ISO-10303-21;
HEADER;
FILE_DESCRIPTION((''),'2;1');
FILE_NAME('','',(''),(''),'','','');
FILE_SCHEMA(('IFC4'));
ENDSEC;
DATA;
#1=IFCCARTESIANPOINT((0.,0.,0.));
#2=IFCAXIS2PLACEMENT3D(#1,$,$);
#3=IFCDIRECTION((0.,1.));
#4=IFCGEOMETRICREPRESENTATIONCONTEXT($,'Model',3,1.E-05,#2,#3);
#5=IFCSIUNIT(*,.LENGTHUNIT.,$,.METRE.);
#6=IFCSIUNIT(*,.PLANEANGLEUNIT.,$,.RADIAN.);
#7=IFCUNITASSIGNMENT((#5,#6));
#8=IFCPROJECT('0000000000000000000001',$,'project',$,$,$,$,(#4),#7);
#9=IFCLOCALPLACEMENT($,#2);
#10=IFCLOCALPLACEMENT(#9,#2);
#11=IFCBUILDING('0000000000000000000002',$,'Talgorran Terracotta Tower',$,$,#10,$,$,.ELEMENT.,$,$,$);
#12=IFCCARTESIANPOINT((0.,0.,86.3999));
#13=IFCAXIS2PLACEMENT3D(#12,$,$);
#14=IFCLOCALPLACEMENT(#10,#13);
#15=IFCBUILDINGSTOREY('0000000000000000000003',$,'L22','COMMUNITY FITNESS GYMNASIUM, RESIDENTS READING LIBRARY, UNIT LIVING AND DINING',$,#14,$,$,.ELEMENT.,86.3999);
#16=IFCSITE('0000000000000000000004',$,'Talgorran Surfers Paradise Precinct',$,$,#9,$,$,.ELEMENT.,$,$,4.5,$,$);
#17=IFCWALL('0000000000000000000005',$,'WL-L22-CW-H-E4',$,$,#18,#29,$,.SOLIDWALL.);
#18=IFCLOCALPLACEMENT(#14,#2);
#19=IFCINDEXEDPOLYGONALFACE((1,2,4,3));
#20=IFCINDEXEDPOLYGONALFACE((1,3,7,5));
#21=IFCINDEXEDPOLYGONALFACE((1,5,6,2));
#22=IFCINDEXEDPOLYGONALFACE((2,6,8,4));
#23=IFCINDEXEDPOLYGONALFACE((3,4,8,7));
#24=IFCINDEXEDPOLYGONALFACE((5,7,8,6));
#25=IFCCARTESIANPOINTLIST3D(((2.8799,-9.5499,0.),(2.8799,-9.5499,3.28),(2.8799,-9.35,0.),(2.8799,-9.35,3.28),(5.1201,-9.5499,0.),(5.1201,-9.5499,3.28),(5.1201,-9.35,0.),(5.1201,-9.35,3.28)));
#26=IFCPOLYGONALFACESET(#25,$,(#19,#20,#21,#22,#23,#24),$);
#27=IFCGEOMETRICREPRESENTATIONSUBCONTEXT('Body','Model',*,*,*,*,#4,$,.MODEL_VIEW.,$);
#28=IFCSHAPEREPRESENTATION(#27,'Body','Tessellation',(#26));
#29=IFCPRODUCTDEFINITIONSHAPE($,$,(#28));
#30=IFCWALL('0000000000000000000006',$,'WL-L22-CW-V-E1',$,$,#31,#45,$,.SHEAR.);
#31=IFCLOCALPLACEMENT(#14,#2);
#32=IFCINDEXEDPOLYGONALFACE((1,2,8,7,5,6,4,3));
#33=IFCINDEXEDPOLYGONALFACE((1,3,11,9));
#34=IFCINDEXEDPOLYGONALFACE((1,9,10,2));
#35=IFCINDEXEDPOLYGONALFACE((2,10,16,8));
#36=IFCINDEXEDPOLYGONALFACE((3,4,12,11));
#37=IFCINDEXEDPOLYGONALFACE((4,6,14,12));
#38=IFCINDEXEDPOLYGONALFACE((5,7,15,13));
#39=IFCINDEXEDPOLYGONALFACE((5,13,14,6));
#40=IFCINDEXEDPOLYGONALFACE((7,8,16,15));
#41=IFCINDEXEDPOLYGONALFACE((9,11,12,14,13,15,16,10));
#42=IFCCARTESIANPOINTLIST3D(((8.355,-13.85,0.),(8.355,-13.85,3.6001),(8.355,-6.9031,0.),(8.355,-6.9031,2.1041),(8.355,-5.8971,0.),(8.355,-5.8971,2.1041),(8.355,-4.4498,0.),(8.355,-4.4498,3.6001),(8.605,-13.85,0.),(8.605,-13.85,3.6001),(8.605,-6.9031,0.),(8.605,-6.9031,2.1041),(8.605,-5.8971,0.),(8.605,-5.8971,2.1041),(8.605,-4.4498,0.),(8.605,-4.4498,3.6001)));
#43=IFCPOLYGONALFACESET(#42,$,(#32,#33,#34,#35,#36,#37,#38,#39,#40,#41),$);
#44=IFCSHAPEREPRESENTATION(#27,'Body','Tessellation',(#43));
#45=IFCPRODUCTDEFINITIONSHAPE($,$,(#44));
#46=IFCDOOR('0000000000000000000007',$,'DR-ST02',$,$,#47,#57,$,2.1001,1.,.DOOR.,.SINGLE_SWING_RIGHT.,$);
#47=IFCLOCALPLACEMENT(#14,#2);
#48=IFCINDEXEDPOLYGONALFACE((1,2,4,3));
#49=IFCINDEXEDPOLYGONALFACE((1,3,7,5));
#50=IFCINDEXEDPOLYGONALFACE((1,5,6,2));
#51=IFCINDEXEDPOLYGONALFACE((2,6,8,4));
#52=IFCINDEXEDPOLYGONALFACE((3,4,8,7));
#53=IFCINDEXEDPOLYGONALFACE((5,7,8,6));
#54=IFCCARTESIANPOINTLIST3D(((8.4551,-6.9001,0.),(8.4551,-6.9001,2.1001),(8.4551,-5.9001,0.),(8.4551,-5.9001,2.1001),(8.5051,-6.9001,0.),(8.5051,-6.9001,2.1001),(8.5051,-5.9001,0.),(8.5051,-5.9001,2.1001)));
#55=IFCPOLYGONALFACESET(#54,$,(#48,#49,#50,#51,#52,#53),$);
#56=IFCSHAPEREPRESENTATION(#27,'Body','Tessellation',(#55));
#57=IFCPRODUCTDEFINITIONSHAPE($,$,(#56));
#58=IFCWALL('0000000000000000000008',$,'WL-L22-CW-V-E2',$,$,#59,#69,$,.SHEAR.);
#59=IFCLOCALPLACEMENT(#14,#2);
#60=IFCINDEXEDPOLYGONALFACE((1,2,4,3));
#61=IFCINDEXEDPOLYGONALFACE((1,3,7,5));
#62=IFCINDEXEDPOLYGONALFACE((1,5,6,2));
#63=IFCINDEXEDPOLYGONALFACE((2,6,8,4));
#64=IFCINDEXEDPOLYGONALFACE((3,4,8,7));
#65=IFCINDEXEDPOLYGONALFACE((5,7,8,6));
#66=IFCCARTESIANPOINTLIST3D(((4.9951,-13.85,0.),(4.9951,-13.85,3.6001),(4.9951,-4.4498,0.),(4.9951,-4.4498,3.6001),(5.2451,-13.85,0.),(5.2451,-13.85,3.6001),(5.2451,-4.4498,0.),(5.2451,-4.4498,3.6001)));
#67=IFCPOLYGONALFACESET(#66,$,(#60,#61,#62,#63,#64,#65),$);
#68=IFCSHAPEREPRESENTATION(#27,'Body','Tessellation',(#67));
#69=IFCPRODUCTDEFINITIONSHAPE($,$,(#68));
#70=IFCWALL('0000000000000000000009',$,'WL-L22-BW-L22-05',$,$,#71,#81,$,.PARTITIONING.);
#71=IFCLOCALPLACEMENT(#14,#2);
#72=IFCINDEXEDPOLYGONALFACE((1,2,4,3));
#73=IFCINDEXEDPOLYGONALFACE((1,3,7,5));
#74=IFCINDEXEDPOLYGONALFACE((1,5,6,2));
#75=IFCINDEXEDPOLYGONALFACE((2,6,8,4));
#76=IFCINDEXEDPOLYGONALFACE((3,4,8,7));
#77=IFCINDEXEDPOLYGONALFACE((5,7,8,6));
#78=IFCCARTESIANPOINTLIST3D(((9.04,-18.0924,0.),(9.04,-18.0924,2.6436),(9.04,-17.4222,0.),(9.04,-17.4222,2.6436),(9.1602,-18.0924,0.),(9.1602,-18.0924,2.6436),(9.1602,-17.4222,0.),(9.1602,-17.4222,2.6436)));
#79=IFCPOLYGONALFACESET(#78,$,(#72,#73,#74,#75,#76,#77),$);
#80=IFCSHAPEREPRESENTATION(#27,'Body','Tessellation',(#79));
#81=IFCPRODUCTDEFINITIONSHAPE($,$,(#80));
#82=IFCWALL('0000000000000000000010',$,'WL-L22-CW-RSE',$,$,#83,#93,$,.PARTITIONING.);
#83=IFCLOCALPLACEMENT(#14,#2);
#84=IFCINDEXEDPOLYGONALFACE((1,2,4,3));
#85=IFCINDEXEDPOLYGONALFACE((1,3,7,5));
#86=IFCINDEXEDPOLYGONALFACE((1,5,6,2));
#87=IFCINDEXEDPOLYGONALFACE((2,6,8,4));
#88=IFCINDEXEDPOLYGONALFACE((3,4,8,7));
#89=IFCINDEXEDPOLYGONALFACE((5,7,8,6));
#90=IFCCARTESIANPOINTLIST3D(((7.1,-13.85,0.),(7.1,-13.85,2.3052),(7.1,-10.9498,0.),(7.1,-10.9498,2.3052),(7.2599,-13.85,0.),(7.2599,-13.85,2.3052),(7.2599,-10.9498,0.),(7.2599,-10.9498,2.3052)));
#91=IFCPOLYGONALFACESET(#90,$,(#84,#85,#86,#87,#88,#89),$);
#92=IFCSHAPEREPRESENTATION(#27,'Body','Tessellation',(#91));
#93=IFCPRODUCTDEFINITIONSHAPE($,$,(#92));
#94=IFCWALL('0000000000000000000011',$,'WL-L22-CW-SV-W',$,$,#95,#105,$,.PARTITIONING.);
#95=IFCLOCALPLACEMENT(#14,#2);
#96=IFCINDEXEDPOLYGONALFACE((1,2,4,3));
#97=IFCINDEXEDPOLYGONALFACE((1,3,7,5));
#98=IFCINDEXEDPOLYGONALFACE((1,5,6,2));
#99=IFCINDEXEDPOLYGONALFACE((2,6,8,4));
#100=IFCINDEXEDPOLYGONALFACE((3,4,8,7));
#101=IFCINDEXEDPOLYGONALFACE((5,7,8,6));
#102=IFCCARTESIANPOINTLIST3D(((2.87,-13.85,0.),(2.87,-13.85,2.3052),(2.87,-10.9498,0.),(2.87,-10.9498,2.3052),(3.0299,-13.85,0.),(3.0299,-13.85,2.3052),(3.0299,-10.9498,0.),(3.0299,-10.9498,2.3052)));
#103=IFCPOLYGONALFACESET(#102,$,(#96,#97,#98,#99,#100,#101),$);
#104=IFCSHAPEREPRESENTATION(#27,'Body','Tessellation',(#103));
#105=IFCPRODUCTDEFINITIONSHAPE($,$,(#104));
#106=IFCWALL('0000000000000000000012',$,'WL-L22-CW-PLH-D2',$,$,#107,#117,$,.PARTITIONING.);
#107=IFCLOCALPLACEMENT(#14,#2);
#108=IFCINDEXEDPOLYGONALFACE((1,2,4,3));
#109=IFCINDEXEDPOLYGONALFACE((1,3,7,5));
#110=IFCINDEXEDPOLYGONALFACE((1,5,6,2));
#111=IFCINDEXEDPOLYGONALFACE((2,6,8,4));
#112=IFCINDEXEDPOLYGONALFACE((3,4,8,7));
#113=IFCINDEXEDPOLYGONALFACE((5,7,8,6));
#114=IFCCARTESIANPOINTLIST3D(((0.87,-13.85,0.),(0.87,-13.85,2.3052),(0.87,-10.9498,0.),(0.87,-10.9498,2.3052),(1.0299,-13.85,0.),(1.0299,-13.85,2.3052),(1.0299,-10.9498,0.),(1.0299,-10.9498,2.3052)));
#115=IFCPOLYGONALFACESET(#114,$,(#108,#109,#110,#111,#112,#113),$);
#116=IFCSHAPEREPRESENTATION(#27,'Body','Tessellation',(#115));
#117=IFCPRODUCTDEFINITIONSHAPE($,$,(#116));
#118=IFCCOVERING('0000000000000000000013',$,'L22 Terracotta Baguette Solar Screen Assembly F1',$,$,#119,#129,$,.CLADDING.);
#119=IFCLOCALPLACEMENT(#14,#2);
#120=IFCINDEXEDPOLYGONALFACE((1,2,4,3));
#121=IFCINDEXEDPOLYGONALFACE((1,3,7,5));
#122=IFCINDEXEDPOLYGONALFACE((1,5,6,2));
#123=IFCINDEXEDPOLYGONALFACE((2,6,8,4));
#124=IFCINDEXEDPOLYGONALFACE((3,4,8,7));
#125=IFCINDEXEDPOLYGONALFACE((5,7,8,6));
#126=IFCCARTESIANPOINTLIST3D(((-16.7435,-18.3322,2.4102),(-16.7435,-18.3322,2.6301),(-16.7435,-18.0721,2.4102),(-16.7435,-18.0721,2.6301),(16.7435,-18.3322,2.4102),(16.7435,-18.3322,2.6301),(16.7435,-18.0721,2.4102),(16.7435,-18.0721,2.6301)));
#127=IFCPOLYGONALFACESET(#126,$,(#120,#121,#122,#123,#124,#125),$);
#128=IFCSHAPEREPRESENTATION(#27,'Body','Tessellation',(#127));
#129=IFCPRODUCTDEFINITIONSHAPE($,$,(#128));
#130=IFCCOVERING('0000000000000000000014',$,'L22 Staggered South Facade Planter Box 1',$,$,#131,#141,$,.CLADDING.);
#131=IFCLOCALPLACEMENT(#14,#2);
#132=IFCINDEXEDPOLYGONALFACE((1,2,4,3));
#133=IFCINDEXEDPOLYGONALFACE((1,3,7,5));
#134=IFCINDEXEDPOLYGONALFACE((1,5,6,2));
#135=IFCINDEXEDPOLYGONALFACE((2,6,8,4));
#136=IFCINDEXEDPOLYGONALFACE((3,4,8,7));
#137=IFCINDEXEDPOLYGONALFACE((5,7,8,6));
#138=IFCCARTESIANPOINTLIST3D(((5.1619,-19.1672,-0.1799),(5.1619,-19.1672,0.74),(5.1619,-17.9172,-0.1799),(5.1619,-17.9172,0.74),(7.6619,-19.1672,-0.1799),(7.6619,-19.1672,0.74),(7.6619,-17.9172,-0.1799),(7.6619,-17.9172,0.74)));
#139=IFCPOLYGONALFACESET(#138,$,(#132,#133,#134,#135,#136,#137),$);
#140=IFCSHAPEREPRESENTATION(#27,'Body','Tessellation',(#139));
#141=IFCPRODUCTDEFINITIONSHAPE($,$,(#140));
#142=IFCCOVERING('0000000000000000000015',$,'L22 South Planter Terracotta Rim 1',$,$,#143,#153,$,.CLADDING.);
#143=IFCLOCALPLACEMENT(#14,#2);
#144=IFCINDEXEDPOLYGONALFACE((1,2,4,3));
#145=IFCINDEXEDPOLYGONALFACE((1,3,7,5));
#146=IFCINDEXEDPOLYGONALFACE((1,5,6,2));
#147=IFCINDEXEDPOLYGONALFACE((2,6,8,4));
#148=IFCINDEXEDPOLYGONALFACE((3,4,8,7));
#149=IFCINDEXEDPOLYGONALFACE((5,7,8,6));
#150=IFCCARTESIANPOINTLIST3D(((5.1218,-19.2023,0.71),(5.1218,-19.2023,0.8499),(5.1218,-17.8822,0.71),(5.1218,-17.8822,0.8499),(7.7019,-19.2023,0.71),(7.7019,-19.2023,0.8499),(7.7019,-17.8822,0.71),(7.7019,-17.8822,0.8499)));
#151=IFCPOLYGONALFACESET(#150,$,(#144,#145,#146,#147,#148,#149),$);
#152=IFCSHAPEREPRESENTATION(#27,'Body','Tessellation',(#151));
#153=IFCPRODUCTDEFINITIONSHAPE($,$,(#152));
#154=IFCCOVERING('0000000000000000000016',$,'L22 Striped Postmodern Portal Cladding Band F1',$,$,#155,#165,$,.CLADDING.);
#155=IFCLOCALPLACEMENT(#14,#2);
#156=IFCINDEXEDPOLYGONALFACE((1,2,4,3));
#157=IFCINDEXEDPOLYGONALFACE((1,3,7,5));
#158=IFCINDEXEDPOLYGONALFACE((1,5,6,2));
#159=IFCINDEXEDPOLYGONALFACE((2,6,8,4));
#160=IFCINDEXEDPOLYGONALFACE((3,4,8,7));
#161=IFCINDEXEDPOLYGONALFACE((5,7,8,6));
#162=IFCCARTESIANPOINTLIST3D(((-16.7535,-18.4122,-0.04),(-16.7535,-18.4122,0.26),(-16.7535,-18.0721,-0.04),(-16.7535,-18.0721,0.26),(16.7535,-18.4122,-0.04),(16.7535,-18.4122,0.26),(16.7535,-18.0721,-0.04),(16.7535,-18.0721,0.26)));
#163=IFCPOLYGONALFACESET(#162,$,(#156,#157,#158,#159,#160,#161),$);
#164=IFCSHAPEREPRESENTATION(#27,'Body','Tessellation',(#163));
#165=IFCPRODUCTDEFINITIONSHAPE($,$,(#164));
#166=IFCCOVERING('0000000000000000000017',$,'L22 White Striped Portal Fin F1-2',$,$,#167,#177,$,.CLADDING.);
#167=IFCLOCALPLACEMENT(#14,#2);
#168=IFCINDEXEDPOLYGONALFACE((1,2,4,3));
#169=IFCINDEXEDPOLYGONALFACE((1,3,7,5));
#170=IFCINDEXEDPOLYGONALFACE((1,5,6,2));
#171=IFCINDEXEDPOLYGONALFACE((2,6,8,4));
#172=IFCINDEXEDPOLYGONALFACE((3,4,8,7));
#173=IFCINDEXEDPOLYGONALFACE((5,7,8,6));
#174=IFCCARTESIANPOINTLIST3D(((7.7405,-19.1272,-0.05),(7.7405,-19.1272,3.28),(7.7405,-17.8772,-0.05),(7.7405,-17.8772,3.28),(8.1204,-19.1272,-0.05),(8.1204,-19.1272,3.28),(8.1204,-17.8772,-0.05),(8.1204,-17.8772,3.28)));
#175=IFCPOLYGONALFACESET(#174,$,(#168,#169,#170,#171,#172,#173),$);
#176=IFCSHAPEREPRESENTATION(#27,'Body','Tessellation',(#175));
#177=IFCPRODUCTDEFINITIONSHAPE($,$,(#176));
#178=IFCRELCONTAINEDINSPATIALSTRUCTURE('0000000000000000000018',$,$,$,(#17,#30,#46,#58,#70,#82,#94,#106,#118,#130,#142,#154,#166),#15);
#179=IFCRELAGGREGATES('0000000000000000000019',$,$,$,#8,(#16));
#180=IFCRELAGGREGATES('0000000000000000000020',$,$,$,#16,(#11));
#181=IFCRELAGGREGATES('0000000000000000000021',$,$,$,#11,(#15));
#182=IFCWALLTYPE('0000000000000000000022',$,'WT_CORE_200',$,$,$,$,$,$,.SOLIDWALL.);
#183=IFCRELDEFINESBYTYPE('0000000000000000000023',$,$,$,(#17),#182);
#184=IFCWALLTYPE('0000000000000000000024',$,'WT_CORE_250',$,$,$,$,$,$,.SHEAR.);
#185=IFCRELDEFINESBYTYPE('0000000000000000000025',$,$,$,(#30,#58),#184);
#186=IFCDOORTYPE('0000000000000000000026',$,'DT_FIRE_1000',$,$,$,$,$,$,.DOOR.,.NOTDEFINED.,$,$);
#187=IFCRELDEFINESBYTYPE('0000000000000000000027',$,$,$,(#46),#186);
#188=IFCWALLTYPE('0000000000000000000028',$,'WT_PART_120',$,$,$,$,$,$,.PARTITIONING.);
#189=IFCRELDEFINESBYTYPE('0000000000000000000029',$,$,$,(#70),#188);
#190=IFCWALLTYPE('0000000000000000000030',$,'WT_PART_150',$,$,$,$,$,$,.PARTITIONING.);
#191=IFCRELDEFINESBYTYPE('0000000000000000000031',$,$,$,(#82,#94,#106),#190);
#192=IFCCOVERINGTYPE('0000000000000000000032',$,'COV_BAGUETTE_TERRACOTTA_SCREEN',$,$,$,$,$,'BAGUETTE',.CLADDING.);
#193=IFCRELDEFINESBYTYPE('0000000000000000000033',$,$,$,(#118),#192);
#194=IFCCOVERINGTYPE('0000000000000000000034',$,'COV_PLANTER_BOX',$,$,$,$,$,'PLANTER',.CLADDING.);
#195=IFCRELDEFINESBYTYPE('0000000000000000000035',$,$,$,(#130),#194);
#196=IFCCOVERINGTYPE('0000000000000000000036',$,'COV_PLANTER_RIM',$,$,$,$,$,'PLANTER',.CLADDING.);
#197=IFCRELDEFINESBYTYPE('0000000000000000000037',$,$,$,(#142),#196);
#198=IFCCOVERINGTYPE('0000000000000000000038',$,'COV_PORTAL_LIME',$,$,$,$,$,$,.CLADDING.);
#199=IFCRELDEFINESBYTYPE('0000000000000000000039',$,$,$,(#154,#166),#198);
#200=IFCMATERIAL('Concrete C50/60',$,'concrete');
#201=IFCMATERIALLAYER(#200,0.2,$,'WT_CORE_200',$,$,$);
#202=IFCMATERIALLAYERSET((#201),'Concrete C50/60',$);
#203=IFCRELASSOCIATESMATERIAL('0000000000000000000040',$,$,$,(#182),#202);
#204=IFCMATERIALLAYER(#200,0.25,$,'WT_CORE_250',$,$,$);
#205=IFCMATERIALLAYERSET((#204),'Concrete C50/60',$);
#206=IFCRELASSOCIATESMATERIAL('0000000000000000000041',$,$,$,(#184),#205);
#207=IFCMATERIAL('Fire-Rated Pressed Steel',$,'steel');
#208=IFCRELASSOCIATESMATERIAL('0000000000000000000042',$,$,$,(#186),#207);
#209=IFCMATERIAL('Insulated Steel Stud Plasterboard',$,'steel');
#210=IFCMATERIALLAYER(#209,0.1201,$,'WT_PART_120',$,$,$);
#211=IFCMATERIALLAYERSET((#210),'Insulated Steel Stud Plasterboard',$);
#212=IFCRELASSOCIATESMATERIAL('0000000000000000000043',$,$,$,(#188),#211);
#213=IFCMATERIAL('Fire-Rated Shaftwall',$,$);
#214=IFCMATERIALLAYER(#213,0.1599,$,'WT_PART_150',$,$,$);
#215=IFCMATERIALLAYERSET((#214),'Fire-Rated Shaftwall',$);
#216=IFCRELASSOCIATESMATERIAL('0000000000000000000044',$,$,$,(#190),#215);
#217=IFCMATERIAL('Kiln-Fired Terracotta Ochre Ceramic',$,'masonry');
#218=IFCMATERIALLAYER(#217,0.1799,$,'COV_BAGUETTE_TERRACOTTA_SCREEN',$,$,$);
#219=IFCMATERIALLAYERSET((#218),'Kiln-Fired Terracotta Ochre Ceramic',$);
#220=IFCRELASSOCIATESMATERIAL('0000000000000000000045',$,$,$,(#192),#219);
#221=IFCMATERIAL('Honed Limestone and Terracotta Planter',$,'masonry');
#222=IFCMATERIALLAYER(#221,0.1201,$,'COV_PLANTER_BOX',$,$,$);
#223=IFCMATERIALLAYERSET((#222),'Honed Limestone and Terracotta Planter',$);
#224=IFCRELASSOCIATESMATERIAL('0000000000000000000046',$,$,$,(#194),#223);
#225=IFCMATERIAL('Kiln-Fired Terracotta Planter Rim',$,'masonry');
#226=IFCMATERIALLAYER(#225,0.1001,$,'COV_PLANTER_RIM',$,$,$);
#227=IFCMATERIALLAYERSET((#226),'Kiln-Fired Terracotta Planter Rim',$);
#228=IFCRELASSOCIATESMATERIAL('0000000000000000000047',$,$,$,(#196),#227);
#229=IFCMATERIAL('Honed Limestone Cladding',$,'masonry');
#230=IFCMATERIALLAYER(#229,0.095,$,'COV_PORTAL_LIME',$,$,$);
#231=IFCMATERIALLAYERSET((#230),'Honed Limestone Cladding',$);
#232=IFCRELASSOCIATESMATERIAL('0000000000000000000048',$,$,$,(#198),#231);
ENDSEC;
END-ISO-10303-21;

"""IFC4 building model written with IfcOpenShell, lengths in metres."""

from ifc_helpers import new_model, si_unit, direction, frame, frame_2d, origin, origin_2d, place, context, subcontext, project, spatial, rectangle, extrude, material, layer, layer_set, type_object, element, fill, save


model = new_model("IFC4")

# Units and contexts
model_context = context("Model", 3, precision=1e-05, world=origin(), true_north=direction((0.0, 1.0)))
body_context = subcontext(model_context, "Body", "Model", "MODEL_VIEW")
ifc_project = project(units=[si_unit("LENGTHUNIT", "METRE"), si_unit("PLANEANGLEUNIT", "RADIAN")], contexts=[model_context])

# Site, building, storey
site_placement = place(None, origin())
site = spatial("IfcSite", under=ifc_project, at=site_placement, Name="Talgorran Surfers Paradise Precinct", CompositionType="ELEMENT", RefElevation=4.5)
building_placement = place(site_placement, origin())
building = spatial("IfcBuilding", under=site, at=building_placement, Name="Talgorran Terracotta Tower", CompositionType="ELEMENT")
storey_placement = place(building_placement, frame((0.0, 0.0, 86.3999)))
storey = spatial("IfcBuildingStorey", under=building, at=storey_placement, Name="L22", Description="COMMUNITY FITNESS GYMNASIUM, RESIDENTS READING LIBRARY, UNIT LIVING AND DINING", CompositionType="ELEMENT", Elevation=86.3999)

# Shared definitions
ifc_material_1 = material(Name="Concrete C50/60", Category="concrete")
ifc_layer_1 = layer(ifc_material_1, 0.2, Name="WT_CORE_200")
ifc_layer_set_1 = layer_set([ifc_layer_1], Name="Concrete C50/60")
wall_type_1 = type_object("IfcWallType", Name="WT_CORE_200", PredefinedType="SOLIDWALL", material=ifc_layer_set_1)

# Shared definitions
ifc_material_2 = material(Name="Fire-Rated Pressed Steel", Category="steel")

# Wall
wall_1_placement = place(storey_placement, frame((2.8799, -9.45, 0.0), z_axis=(0.0, 0.0, 1.0), x_axis=(1.0, 0.0, 0.0)))
element("IfcWall", 1, at=wall_1_placement, inside=storey, type_object=wall_type_1, Name="WL-L22-CW-H-E4", PredefinedType="SOLIDWALL", context=body_context, shape_type="SweptSolid", body=[
    extrude(rectangle(XDim=2.2402, YDim=0.2, at=frame_2d((1.1201, 0.0))), origin(), (0.0, 0.0, 1.0), 3.28),
])

# Wall, opening, door
ifc_layer_2 = layer(ifc_material_1, 0.25, Name="WT_CORE_250")
ifc_layer_set_2 = layer_set([ifc_layer_2], Name="Concrete C50/60")
wall_type_2 = type_object("IfcWallType", Name="WT_CORE_250", PredefinedType="SHEAR", material=ifc_layer_set_2)
wall_2_placement = place(storey_placement, frame((8.48, -13.8501, 0.0), z_axis=(0.0, 0.0, 1.0), x_axis=(0.0, 1.0, 0.0)))
wall_2 = element("IfcWall", 2, at=wall_2_placement, inside=storey, type_object=wall_type_2, Name="WL-L22-CW-V-E1", PredefinedType="SHEAR", context=body_context, shape_type="SweptSolid", body=[
    extrude(rectangle(XDim=9.4001, YDim=0.25, at=frame_2d((4.7002, 0.0))), origin(), (0.0, 0.0, 1.0), 3.6001),
])
opening_1_placement = place(wall_2_placement, frame((6.95, 0.0, 0.0)))
opening_1 = element("IfcOpeningElement", 3, at=opening_1_placement, cuts=wall_2, PredefinedType="OPENING", context=body_context, shape_type="SweptSolid", body=[
    extrude(rectangle(XDim=1.006, YDim=2.1041, at=frame_2d((0.5, 1.052))), frame((0.0, 0.135, 0.0), z_axis=(0.0, -1.0, 0.0), x_axis=(1.0, 0.0, 0.0)), (0.0, 0.0, 1.0), 0.27),
])
door_type_1 = type_object("IfcDoorType", Name="DT_FIRE_1000", OperationType="NOTDEFINED", PredefinedType="DOOR", material=ifc_material_2)
door_1_placement = place(opening_1_placement, origin())
door_1 = element("IfcDoor", 4, at=door_1_placement, inside=storey, type_object=door_type_1, Name="DR-ST02", OperationType="SINGLE_SWING_RIGHT", OverallHeight=2.1001, OverallWidth=1.0, PredefinedType="DOOR", context=body_context, shape_type="SweptSolid", body=[
    extrude(rectangle(XDim=1.0, YDim=2.1001, at=frame_2d((0.5, 1.05))), frame((0.0, 0.0249, 0.0), z_axis=(0.0, -1.0, 0.0), x_axis=(1.0, 0.0, 0.0)), (0.0, 0.0, 1.0), 0.05),
])
fill(opening_1, door_1)

# Walls
wall_3_placement = place(storey_placement, frame((5.1201, -13.8501, 0.0), z_axis=(0.0, 0.0, 1.0), x_axis=(0.0, 1.0, 0.0)))
element("IfcWall", 5, at=wall_3_placement, inside=storey, type_object=wall_type_2, Name="WL-L22-CW-V-E2", PredefinedType="SHEAR", context=body_context, shape_type="SweptSolid", body=[
    extrude(rectangle(XDim=9.4001, YDim=0.25, at=frame_2d((4.7002, 0.0))), origin(), (0.0, 0.0, 1.0), 3.6001),
])
ifc_material_3 = material(Name="Insulated Steel Stud Plasterboard", Category="steel")
ifc_layer_3 = layer(ifc_material_3, 0.1201, Name="WT_PART_120")
ifc_layer_set_3 = layer_set([ifc_layer_3], Name="Insulated Steel Stud Plasterboard")
wall_type_3 = type_object("IfcWallType", Name="WT_PART_120", PredefinedType="PARTITIONING", material=ifc_layer_set_3)
wall_4_placement = place(storey_placement, frame((9.1001, -18.0923, 0.0), z_axis=(0.0, 0.0, 1.0), x_axis=(0.0, 1.0, 0.0)))
element("IfcWall", 6, at=wall_4_placement, inside=storey, type_object=wall_type_3, Name="WL-L22-BW-L22-05", PredefinedType="PARTITIONING", context=body_context, shape_type="SweptSolid", body=[
    extrude(rectangle(XDim=0.6702, YDim=0.1201, at=frame_2d((0.335, 0.0))), origin(), (0.0, 0.0, 1.0), 2.6436),
])
ifc_material_4 = material(Name="Fire-Rated Shaftwall")
ifc_layer_4 = layer(ifc_material_4, 0.1599, Name="WT_PART_150")
ifc_layer_set_4 = layer_set([ifc_layer_4], Name="Fire-Rated Shaftwall")
wall_type_4 = type_object("IfcWallType", Name="WT_PART_150", PredefinedType="PARTITIONING", material=ifc_layer_set_4)
for number, where, z_axis, x_axis, name in (
    (7, (7.1799, -13.8501, 0.0), (0.0, 0.0, 1.0), (0.0, 1.0, 0.0), "WL-L22-CW-RSE"),
    (8, (2.95, -13.8501, 0.0), (0.0, 0.0, 1.0), (0.0, 1.0, 0.0), "WL-L22-CW-SV-W"),
    (9, (0.95, -13.8501, 0.0), (0.0, 0.0, 1.0), (0.0, 1.0, 0.0), "WL-L22-CW-PLH-D2"),
):
    element("IfcWall", number, at=place(storey_placement, frame(where, z_axis=z_axis, x_axis=x_axis)), inside=storey, type_object=wall_type_4, Name=name, PredefinedType="PARTITIONING", context=body_context, shape_type="SweptSolid", body=[
        extrude(rectangle(XDim=2.9001, YDim=0.1599, at=frame_2d((1.4502, 0.0))), origin(), (0.0, 0.0, 1.0), 2.3052),
    ])

# Coverings
ifc_material_5 = material(Name="Kiln-Fired Terracotta Ochre Ceramic", Category="masonry")
ifc_layer_5 = layer(ifc_material_5, 0.1799, Name="COV_BAGUETTE_TERRACOTTA_SCREEN")
ifc_layer_set_5 = layer_set([ifc_layer_5], Name="Kiln-Fired Terracotta Ochre Ceramic")
covering_type_1 = type_object("IfcCoveringType", Name="COV_BAGUETTE_TERRACOTTA_SCREEN", ElementType="BAGUETTE", PredefinedType="CLADDING", material=ifc_layer_set_5)
covering_1_placement = place(storey_placement, frame((0.0, -18.2021, 2.4102), z_axis=(0.0, 0.0, 1.0), x_axis=(1.0, 0.0, 0.0)))
element("IfcCovering", 10, at=covering_1_placement, inside=storey, type_object=covering_type_1, Name="L22 Terracotta Baguette Solar Screen Assembly F1", PredefinedType="CLADDING", context=body_context, shape_type="SweptSolid", body=[
    extrude(rectangle(XDim=33.4871, YDim=0.26, at=origin_2d()), origin(), (0.0, 0.0, 1.0), 0.22),
])
ifc_material_6 = material(Name="Honed Limestone and Terracotta Planter", Category="masonry")
ifc_layer_6 = layer(ifc_material_6, 0.1201, Name="COV_PLANTER_BOX")
ifc_layer_set_6 = layer_set([ifc_layer_6], Name="Honed Limestone and Terracotta Planter")
covering_type_2 = type_object("IfcCoveringType", Name="COV_PLANTER_BOX", ElementType="PLANTER", PredefinedType="CLADDING", material=ifc_layer_set_6)
covering_2_placement = place(storey_placement, frame((6.4119, -18.5422, -0.1799), z_axis=(0.0, 0.0, 1.0), x_axis=(1.0, 0.0, 0.0)))
element("IfcCovering", 11, at=covering_2_placement, inside=storey, type_object=covering_type_2, Name="L22 Staggered South Facade Planter Box 1", PredefinedType="CLADDING", context=body_context, shape_type="SweptSolid", body=[
    extrude(rectangle(XDim=2.5, YDim=1.25, at=origin_2d()), origin(), (0.0, 0.0, 1.0), 0.9199),
])
ifc_material_7 = material(Name="Kiln-Fired Terracotta Planter Rim", Category="masonry")
ifc_layer_7 = layer(ifc_material_7, 0.1001, Name="COV_PLANTER_RIM")
ifc_layer_set_7 = layer_set([ifc_layer_7], Name="Kiln-Fired Terracotta Planter Rim")
covering_type_3 = type_object("IfcCoveringType", Name="COV_PLANTER_RIM", ElementType="PLANTER", PredefinedType="CLADDING", material=ifc_layer_set_7)
covering_3_placement = place(storey_placement, frame((6.4119, -18.5422, 0.71), z_axis=(0.0, 0.0, 1.0), x_axis=(1.0, 0.0, 0.0)))
element("IfcCovering", 12, at=covering_3_placement, inside=storey, type_object=covering_type_3, Name="L22 South Planter Terracotta Rim 1", PredefinedType="CLADDING", context=body_context, shape_type="SweptSolid", body=[
    extrude(rectangle(XDim=2.5801, YDim=1.3201, at=origin_2d()), origin(), (0.0, 0.0, 1.0), 0.1399),
])
ifc_material_8 = material(Name="Honed Limestone Cladding", Category="masonry")
ifc_layer_8 = layer(ifc_material_8, 0.095, Name="COV_PORTAL_LIME")
ifc_layer_set_8 = layer_set([ifc_layer_8], Name="Honed Limestone Cladding")
covering_type_4 = type_object("IfcCoveringType", Name="COV_PORTAL_LIME", PredefinedType="CLADDING", material=ifc_layer_set_8)
covering_4_placement = place(storey_placement, frame((0.0, -18.2422, -0.04), z_axis=(0.0, 0.0, 1.0), x_axis=(1.0, 0.0, 0.0)))
element("IfcCovering", 13, at=covering_4_placement, inside=storey, type_object=covering_type_4, Name="L22 Striped Postmodern Portal Cladding Band F1", PredefinedType="CLADDING", context=body_context, shape_type="SweptSolid", body=[
    extrude(rectangle(XDim=33.5071, YDim=0.3401, at=origin_2d()), origin(), (0.0, 0.0, 1.0), 0.3),
])
covering_5_placement = place(storey_placement, frame((7.9304, -18.5022, -0.05), z_axis=(0.0, 0.0, 1.0), x_axis=(1.0, 0.0, 0.0)))
element("IfcCovering", 14, at=covering_5_placement, inside=storey, type_object=covering_type_4, Name="L22 White Striped Portal Fin F1-2", PredefinedType="CLADDING", context=body_context, shape_type="SweptSolid", body=[
    extrude(rectangle(XDim=0.3799, YDim=1.25, at=origin_2d()), origin(), (0.0, 0.0, 1.0), 3.3301),
])

save(model, "model.ifc")
